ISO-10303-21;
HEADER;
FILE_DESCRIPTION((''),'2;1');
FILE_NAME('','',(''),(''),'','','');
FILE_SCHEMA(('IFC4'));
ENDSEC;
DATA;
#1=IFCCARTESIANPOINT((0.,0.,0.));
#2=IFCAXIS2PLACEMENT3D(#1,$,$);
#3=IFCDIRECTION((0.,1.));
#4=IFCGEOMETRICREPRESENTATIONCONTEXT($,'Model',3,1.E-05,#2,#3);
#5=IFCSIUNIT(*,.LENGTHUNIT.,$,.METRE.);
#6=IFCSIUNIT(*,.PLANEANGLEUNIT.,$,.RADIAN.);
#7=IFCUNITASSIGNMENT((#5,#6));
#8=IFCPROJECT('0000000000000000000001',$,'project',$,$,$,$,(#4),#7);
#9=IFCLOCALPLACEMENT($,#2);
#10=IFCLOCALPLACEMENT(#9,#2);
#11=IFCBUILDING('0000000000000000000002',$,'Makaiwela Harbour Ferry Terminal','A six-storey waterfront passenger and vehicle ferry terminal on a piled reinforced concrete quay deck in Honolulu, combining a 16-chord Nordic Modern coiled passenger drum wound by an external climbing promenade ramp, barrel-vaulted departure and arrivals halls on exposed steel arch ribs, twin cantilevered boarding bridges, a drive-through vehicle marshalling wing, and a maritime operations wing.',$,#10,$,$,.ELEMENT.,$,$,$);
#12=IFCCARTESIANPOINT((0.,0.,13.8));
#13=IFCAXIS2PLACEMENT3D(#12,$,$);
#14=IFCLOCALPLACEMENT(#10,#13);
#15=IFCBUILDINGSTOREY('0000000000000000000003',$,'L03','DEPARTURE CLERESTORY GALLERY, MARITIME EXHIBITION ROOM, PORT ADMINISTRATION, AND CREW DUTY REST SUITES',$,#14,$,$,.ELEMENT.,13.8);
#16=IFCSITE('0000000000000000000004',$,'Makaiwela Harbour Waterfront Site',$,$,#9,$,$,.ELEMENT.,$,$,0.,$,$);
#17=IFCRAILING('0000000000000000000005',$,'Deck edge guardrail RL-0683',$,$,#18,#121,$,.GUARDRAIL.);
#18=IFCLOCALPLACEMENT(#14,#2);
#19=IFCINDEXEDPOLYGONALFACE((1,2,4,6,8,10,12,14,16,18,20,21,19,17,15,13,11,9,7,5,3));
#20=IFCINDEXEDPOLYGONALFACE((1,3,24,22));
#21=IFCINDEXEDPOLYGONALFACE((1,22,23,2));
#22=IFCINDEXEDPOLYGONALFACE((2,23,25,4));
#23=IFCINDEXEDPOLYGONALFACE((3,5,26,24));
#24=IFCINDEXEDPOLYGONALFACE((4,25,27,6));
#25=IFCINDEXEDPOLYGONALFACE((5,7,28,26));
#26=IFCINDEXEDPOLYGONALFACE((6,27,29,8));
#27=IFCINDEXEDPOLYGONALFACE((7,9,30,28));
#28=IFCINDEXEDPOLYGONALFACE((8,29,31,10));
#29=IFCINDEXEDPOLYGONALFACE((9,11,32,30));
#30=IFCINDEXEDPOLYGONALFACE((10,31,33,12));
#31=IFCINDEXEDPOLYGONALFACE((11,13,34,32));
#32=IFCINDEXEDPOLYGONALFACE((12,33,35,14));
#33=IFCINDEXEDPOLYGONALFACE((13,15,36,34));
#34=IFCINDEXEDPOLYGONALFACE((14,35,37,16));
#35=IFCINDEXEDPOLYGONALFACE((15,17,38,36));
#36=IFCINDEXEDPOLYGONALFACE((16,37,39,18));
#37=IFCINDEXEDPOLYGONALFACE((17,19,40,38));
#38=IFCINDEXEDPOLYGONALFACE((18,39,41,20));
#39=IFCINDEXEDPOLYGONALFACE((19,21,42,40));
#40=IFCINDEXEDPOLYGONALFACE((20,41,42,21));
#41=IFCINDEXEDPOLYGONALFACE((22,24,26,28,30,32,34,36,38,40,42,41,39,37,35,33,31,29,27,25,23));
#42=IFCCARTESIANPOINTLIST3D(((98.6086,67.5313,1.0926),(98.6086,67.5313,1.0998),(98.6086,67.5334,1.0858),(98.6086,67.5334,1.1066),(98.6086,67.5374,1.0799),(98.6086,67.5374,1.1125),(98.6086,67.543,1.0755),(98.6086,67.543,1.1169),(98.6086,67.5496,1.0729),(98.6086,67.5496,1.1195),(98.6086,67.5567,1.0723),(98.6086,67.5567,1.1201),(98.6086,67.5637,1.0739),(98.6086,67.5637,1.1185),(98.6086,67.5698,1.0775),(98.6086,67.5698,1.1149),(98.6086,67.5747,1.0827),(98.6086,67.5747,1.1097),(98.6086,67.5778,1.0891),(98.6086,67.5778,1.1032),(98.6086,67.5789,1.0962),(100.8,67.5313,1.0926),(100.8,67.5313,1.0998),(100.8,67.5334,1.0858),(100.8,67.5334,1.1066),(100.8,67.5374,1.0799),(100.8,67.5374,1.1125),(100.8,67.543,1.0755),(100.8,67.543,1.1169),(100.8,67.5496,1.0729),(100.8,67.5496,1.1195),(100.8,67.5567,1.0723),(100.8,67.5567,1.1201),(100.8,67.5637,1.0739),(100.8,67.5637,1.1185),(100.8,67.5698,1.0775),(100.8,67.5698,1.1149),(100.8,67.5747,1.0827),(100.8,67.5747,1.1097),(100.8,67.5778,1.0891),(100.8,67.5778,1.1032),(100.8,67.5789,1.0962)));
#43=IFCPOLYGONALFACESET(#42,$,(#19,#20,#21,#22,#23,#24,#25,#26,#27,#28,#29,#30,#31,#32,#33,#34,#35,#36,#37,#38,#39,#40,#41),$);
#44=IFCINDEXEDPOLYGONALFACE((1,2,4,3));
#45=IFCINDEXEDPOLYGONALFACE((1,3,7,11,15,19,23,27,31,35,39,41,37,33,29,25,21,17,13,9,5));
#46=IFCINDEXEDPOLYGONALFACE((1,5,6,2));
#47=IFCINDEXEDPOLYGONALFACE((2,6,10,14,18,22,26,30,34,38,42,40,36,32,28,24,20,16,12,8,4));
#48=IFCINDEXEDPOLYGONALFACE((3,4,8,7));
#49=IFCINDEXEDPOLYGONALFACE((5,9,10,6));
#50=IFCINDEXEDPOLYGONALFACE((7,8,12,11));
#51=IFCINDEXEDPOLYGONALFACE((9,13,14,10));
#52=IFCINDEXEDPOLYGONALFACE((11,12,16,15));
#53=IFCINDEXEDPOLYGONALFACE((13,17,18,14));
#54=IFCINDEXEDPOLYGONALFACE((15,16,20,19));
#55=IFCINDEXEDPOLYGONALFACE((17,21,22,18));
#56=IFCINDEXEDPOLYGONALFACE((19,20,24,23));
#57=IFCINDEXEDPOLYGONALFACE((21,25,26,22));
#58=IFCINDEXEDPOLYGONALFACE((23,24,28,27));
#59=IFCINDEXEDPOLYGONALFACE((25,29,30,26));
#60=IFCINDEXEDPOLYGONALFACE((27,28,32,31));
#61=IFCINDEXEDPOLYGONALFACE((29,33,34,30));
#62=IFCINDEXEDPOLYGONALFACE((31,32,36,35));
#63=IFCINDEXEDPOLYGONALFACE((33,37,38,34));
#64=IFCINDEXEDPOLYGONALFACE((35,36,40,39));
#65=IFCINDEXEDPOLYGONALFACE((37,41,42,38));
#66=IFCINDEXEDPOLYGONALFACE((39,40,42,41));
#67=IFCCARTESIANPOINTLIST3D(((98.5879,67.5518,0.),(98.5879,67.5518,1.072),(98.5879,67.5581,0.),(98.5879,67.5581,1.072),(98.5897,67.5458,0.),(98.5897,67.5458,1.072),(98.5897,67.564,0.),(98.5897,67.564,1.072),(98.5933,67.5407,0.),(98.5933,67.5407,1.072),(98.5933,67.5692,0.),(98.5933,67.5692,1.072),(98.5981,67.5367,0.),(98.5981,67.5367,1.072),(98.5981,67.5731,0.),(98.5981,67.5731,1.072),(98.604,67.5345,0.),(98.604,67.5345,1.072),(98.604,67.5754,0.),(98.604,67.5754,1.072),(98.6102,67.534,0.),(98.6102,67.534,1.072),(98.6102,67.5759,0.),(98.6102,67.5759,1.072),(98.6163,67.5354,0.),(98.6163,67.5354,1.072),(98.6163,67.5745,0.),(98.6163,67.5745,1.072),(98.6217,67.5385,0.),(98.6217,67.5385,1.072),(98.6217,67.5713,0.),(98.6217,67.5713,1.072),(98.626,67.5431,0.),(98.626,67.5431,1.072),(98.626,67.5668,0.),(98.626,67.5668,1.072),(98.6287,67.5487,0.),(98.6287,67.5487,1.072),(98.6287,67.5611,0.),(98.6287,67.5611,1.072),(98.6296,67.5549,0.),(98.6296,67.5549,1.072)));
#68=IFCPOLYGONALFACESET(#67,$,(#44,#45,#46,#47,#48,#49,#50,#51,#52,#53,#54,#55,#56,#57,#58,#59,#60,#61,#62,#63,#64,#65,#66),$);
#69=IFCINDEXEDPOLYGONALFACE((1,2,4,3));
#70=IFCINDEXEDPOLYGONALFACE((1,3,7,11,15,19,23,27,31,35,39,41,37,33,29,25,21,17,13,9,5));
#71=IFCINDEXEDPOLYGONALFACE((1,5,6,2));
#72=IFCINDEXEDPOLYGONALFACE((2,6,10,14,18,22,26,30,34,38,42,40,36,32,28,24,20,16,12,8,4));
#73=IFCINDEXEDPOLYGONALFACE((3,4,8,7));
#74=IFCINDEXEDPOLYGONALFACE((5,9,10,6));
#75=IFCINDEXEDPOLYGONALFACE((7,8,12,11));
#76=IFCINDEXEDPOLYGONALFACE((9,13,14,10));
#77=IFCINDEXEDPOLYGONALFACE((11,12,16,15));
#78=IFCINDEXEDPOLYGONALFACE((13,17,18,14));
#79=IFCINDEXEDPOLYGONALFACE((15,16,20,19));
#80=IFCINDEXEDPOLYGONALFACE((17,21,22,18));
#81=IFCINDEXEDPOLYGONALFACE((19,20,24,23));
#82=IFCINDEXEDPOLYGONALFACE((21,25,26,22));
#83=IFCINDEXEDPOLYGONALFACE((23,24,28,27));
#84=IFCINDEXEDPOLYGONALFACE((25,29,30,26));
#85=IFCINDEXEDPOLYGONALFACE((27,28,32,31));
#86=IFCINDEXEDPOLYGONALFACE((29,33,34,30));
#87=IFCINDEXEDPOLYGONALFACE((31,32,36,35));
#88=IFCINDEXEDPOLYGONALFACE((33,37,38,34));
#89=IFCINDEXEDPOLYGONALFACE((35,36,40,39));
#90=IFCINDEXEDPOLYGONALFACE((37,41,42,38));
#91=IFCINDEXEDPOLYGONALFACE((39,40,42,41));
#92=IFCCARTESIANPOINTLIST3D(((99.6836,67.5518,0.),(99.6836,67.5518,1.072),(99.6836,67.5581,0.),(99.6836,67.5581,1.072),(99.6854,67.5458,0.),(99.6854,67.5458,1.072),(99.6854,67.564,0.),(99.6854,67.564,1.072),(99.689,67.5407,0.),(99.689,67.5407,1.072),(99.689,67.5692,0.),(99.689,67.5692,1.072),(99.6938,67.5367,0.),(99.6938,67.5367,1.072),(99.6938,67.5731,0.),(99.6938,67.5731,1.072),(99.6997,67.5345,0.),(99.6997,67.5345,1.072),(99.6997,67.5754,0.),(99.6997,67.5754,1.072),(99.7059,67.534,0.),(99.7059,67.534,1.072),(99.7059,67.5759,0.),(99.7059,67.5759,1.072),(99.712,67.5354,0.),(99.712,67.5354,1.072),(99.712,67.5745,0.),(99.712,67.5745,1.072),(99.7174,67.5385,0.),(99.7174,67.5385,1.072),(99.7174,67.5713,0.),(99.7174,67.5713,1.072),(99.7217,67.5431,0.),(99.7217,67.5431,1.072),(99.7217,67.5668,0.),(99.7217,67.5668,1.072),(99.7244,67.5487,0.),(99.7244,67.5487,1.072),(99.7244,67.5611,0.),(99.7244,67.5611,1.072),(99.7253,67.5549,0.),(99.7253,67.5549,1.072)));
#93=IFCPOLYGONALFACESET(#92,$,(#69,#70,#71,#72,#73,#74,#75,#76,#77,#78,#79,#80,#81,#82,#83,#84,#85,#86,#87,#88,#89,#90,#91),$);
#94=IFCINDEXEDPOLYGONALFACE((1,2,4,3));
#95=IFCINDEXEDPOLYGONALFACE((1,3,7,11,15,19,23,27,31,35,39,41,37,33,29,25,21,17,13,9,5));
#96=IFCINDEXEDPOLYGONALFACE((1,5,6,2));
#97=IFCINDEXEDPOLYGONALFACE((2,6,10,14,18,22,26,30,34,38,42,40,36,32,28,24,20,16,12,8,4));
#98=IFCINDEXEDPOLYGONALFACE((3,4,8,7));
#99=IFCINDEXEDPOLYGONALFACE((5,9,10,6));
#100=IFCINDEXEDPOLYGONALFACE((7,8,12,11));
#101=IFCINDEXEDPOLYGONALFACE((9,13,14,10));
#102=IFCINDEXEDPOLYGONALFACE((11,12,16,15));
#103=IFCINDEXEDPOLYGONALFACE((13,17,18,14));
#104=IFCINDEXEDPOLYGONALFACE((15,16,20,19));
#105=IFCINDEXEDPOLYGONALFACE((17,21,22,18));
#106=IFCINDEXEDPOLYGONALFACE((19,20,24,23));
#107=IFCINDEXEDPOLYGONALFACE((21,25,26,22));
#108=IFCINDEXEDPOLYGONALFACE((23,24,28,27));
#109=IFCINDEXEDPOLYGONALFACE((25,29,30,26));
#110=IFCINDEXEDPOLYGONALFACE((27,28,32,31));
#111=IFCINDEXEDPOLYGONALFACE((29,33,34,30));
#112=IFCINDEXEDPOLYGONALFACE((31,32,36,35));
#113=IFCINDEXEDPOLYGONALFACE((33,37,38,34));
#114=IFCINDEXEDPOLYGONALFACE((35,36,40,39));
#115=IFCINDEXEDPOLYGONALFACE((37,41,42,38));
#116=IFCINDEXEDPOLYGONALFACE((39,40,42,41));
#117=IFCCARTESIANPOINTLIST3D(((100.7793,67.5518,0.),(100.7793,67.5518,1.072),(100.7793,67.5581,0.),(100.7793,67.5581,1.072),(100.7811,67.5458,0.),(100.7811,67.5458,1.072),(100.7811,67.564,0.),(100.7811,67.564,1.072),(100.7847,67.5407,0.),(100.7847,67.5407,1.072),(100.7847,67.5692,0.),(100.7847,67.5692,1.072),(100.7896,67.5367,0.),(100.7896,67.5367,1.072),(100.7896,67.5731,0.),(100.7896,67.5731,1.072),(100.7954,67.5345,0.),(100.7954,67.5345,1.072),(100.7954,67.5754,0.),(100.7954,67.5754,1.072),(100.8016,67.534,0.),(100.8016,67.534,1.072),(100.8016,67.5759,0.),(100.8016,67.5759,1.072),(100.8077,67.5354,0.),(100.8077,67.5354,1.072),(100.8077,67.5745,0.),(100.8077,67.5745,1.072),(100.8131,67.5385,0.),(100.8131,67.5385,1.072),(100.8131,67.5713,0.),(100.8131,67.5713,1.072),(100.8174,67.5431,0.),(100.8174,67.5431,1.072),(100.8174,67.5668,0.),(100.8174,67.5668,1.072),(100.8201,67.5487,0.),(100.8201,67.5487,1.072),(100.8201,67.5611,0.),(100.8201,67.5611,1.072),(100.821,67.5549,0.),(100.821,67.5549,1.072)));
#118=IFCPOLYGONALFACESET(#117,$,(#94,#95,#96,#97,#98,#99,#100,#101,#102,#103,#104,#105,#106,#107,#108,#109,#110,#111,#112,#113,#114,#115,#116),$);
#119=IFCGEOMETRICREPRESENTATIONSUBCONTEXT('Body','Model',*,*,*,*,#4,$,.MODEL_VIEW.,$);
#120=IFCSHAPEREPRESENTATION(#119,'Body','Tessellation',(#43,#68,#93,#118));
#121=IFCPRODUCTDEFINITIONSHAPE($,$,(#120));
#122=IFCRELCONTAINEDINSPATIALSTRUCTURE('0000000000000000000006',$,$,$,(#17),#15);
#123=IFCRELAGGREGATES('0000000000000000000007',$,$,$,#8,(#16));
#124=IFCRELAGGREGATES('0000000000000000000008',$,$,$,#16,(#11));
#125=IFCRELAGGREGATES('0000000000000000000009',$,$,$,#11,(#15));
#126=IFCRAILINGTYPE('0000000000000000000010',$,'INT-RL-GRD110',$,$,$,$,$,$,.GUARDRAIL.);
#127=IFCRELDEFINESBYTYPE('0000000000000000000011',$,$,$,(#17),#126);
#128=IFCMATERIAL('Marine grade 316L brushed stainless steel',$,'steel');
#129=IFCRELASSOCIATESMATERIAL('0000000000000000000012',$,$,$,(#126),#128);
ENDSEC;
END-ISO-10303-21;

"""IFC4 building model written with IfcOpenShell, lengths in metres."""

from ifc_helpers import new_model, si_unit, direction, frame, origin, origin_2d, place, context, subcontext, project, spatial, circle, extrude, material, type_object, element, save


model = new_model("IFC4")

# Units and contexts
model_context = context("Model", 3, precision=1e-05, world=origin(), true_north=direction((0.0, 1.0)))
body_context = subcontext(model_context, "Body", "Model", "MODEL_VIEW")
ifc_project = project(units=[si_unit("LENGTHUNIT", "METRE"), si_unit("PLANEANGLEUNIT", "RADIAN")], contexts=[model_context])

# Site, building, storey
site_placement = place(None, origin())
site = spatial("IfcSite", under=ifc_project, at=site_placement, Name="Makaiwela Harbour Waterfront Site", CompositionType="ELEMENT", RefElevation=0.0)
building_placement = place(site_placement, origin())
building = spatial("IfcBuilding", under=site, at=building_placement, Name="Makaiwela Harbour Ferry Terminal", Description="A six-storey waterfront passenger and vehicle ferry terminal on a piled reinforced concrete quay deck in Honolulu, combining a 16-chord Nordic Modern coiled passenger drum wound by an external climbing promenade ramp, barrel-vaulted departure and arrivals halls on exposed steel arch ribs, twin cantilevered boarding bridges, a drive-through vehicle marshalling wing, and a maritime operations wing.", CompositionType="ELEMENT")
storey_placement = place(building_placement, frame((0.0, 0.0, 13.8)))
storey = spatial("IfcBuildingStorey", under=building, at=storey_placement, Name="L03", Description="DEPARTURE CLERESTORY GALLERY, MARITIME EXHIBITION ROOM, PORT ADMINISTRATION, AND CREW DUTY REST SUITES", CompositionType="ELEMENT", Elevation=13.8)

# Railing
ifc_material_1 = material(Name="Marine grade 316L brushed stainless steel", Category="steel")
railing_type = type_object("IfcRailingType", Name="INT-RL-GRD110", PredefinedType="GUARDRAIL", material=ifc_material_1)
railing_1_placement = place(storey_placement, frame((98.6086, 67.5549, 0.0)))
element("IfcRailing", 1, at=railing_1_placement, inside=storey, type_object=railing_type, Name="Deck edge guardrail RL-0683", PredefinedType="GUARDRAIL", context=body_context, shape_type="SweptSolid", body=[
    extrude(circle(Radius=0.0239, at=origin_2d()), frame((0.0, 0.0, 1.0962), z_axis=(1.0, 0.0, 0.0), x_axis=(0.0, 1.0, 0.0)), (0.0, 0.0, 1.0), 2.1914),
    extrude(circle(Radius=0.021, at=origin_2d()), origin(), (0.0, 0.0, 1.0), 1.072),
    extrude(circle(Radius=0.021, at=origin_2d()), frame((1.0957, 0.0, 0.0)), (0.0, 0.0, 1.0), 1.072),
    extrude(circle(Radius=0.021, at=origin_2d()), frame((2.1914, 0.0, 0.0)), (0.0, 0.0, 1.0), 1.072),
])

save(model, "model.ifc")
